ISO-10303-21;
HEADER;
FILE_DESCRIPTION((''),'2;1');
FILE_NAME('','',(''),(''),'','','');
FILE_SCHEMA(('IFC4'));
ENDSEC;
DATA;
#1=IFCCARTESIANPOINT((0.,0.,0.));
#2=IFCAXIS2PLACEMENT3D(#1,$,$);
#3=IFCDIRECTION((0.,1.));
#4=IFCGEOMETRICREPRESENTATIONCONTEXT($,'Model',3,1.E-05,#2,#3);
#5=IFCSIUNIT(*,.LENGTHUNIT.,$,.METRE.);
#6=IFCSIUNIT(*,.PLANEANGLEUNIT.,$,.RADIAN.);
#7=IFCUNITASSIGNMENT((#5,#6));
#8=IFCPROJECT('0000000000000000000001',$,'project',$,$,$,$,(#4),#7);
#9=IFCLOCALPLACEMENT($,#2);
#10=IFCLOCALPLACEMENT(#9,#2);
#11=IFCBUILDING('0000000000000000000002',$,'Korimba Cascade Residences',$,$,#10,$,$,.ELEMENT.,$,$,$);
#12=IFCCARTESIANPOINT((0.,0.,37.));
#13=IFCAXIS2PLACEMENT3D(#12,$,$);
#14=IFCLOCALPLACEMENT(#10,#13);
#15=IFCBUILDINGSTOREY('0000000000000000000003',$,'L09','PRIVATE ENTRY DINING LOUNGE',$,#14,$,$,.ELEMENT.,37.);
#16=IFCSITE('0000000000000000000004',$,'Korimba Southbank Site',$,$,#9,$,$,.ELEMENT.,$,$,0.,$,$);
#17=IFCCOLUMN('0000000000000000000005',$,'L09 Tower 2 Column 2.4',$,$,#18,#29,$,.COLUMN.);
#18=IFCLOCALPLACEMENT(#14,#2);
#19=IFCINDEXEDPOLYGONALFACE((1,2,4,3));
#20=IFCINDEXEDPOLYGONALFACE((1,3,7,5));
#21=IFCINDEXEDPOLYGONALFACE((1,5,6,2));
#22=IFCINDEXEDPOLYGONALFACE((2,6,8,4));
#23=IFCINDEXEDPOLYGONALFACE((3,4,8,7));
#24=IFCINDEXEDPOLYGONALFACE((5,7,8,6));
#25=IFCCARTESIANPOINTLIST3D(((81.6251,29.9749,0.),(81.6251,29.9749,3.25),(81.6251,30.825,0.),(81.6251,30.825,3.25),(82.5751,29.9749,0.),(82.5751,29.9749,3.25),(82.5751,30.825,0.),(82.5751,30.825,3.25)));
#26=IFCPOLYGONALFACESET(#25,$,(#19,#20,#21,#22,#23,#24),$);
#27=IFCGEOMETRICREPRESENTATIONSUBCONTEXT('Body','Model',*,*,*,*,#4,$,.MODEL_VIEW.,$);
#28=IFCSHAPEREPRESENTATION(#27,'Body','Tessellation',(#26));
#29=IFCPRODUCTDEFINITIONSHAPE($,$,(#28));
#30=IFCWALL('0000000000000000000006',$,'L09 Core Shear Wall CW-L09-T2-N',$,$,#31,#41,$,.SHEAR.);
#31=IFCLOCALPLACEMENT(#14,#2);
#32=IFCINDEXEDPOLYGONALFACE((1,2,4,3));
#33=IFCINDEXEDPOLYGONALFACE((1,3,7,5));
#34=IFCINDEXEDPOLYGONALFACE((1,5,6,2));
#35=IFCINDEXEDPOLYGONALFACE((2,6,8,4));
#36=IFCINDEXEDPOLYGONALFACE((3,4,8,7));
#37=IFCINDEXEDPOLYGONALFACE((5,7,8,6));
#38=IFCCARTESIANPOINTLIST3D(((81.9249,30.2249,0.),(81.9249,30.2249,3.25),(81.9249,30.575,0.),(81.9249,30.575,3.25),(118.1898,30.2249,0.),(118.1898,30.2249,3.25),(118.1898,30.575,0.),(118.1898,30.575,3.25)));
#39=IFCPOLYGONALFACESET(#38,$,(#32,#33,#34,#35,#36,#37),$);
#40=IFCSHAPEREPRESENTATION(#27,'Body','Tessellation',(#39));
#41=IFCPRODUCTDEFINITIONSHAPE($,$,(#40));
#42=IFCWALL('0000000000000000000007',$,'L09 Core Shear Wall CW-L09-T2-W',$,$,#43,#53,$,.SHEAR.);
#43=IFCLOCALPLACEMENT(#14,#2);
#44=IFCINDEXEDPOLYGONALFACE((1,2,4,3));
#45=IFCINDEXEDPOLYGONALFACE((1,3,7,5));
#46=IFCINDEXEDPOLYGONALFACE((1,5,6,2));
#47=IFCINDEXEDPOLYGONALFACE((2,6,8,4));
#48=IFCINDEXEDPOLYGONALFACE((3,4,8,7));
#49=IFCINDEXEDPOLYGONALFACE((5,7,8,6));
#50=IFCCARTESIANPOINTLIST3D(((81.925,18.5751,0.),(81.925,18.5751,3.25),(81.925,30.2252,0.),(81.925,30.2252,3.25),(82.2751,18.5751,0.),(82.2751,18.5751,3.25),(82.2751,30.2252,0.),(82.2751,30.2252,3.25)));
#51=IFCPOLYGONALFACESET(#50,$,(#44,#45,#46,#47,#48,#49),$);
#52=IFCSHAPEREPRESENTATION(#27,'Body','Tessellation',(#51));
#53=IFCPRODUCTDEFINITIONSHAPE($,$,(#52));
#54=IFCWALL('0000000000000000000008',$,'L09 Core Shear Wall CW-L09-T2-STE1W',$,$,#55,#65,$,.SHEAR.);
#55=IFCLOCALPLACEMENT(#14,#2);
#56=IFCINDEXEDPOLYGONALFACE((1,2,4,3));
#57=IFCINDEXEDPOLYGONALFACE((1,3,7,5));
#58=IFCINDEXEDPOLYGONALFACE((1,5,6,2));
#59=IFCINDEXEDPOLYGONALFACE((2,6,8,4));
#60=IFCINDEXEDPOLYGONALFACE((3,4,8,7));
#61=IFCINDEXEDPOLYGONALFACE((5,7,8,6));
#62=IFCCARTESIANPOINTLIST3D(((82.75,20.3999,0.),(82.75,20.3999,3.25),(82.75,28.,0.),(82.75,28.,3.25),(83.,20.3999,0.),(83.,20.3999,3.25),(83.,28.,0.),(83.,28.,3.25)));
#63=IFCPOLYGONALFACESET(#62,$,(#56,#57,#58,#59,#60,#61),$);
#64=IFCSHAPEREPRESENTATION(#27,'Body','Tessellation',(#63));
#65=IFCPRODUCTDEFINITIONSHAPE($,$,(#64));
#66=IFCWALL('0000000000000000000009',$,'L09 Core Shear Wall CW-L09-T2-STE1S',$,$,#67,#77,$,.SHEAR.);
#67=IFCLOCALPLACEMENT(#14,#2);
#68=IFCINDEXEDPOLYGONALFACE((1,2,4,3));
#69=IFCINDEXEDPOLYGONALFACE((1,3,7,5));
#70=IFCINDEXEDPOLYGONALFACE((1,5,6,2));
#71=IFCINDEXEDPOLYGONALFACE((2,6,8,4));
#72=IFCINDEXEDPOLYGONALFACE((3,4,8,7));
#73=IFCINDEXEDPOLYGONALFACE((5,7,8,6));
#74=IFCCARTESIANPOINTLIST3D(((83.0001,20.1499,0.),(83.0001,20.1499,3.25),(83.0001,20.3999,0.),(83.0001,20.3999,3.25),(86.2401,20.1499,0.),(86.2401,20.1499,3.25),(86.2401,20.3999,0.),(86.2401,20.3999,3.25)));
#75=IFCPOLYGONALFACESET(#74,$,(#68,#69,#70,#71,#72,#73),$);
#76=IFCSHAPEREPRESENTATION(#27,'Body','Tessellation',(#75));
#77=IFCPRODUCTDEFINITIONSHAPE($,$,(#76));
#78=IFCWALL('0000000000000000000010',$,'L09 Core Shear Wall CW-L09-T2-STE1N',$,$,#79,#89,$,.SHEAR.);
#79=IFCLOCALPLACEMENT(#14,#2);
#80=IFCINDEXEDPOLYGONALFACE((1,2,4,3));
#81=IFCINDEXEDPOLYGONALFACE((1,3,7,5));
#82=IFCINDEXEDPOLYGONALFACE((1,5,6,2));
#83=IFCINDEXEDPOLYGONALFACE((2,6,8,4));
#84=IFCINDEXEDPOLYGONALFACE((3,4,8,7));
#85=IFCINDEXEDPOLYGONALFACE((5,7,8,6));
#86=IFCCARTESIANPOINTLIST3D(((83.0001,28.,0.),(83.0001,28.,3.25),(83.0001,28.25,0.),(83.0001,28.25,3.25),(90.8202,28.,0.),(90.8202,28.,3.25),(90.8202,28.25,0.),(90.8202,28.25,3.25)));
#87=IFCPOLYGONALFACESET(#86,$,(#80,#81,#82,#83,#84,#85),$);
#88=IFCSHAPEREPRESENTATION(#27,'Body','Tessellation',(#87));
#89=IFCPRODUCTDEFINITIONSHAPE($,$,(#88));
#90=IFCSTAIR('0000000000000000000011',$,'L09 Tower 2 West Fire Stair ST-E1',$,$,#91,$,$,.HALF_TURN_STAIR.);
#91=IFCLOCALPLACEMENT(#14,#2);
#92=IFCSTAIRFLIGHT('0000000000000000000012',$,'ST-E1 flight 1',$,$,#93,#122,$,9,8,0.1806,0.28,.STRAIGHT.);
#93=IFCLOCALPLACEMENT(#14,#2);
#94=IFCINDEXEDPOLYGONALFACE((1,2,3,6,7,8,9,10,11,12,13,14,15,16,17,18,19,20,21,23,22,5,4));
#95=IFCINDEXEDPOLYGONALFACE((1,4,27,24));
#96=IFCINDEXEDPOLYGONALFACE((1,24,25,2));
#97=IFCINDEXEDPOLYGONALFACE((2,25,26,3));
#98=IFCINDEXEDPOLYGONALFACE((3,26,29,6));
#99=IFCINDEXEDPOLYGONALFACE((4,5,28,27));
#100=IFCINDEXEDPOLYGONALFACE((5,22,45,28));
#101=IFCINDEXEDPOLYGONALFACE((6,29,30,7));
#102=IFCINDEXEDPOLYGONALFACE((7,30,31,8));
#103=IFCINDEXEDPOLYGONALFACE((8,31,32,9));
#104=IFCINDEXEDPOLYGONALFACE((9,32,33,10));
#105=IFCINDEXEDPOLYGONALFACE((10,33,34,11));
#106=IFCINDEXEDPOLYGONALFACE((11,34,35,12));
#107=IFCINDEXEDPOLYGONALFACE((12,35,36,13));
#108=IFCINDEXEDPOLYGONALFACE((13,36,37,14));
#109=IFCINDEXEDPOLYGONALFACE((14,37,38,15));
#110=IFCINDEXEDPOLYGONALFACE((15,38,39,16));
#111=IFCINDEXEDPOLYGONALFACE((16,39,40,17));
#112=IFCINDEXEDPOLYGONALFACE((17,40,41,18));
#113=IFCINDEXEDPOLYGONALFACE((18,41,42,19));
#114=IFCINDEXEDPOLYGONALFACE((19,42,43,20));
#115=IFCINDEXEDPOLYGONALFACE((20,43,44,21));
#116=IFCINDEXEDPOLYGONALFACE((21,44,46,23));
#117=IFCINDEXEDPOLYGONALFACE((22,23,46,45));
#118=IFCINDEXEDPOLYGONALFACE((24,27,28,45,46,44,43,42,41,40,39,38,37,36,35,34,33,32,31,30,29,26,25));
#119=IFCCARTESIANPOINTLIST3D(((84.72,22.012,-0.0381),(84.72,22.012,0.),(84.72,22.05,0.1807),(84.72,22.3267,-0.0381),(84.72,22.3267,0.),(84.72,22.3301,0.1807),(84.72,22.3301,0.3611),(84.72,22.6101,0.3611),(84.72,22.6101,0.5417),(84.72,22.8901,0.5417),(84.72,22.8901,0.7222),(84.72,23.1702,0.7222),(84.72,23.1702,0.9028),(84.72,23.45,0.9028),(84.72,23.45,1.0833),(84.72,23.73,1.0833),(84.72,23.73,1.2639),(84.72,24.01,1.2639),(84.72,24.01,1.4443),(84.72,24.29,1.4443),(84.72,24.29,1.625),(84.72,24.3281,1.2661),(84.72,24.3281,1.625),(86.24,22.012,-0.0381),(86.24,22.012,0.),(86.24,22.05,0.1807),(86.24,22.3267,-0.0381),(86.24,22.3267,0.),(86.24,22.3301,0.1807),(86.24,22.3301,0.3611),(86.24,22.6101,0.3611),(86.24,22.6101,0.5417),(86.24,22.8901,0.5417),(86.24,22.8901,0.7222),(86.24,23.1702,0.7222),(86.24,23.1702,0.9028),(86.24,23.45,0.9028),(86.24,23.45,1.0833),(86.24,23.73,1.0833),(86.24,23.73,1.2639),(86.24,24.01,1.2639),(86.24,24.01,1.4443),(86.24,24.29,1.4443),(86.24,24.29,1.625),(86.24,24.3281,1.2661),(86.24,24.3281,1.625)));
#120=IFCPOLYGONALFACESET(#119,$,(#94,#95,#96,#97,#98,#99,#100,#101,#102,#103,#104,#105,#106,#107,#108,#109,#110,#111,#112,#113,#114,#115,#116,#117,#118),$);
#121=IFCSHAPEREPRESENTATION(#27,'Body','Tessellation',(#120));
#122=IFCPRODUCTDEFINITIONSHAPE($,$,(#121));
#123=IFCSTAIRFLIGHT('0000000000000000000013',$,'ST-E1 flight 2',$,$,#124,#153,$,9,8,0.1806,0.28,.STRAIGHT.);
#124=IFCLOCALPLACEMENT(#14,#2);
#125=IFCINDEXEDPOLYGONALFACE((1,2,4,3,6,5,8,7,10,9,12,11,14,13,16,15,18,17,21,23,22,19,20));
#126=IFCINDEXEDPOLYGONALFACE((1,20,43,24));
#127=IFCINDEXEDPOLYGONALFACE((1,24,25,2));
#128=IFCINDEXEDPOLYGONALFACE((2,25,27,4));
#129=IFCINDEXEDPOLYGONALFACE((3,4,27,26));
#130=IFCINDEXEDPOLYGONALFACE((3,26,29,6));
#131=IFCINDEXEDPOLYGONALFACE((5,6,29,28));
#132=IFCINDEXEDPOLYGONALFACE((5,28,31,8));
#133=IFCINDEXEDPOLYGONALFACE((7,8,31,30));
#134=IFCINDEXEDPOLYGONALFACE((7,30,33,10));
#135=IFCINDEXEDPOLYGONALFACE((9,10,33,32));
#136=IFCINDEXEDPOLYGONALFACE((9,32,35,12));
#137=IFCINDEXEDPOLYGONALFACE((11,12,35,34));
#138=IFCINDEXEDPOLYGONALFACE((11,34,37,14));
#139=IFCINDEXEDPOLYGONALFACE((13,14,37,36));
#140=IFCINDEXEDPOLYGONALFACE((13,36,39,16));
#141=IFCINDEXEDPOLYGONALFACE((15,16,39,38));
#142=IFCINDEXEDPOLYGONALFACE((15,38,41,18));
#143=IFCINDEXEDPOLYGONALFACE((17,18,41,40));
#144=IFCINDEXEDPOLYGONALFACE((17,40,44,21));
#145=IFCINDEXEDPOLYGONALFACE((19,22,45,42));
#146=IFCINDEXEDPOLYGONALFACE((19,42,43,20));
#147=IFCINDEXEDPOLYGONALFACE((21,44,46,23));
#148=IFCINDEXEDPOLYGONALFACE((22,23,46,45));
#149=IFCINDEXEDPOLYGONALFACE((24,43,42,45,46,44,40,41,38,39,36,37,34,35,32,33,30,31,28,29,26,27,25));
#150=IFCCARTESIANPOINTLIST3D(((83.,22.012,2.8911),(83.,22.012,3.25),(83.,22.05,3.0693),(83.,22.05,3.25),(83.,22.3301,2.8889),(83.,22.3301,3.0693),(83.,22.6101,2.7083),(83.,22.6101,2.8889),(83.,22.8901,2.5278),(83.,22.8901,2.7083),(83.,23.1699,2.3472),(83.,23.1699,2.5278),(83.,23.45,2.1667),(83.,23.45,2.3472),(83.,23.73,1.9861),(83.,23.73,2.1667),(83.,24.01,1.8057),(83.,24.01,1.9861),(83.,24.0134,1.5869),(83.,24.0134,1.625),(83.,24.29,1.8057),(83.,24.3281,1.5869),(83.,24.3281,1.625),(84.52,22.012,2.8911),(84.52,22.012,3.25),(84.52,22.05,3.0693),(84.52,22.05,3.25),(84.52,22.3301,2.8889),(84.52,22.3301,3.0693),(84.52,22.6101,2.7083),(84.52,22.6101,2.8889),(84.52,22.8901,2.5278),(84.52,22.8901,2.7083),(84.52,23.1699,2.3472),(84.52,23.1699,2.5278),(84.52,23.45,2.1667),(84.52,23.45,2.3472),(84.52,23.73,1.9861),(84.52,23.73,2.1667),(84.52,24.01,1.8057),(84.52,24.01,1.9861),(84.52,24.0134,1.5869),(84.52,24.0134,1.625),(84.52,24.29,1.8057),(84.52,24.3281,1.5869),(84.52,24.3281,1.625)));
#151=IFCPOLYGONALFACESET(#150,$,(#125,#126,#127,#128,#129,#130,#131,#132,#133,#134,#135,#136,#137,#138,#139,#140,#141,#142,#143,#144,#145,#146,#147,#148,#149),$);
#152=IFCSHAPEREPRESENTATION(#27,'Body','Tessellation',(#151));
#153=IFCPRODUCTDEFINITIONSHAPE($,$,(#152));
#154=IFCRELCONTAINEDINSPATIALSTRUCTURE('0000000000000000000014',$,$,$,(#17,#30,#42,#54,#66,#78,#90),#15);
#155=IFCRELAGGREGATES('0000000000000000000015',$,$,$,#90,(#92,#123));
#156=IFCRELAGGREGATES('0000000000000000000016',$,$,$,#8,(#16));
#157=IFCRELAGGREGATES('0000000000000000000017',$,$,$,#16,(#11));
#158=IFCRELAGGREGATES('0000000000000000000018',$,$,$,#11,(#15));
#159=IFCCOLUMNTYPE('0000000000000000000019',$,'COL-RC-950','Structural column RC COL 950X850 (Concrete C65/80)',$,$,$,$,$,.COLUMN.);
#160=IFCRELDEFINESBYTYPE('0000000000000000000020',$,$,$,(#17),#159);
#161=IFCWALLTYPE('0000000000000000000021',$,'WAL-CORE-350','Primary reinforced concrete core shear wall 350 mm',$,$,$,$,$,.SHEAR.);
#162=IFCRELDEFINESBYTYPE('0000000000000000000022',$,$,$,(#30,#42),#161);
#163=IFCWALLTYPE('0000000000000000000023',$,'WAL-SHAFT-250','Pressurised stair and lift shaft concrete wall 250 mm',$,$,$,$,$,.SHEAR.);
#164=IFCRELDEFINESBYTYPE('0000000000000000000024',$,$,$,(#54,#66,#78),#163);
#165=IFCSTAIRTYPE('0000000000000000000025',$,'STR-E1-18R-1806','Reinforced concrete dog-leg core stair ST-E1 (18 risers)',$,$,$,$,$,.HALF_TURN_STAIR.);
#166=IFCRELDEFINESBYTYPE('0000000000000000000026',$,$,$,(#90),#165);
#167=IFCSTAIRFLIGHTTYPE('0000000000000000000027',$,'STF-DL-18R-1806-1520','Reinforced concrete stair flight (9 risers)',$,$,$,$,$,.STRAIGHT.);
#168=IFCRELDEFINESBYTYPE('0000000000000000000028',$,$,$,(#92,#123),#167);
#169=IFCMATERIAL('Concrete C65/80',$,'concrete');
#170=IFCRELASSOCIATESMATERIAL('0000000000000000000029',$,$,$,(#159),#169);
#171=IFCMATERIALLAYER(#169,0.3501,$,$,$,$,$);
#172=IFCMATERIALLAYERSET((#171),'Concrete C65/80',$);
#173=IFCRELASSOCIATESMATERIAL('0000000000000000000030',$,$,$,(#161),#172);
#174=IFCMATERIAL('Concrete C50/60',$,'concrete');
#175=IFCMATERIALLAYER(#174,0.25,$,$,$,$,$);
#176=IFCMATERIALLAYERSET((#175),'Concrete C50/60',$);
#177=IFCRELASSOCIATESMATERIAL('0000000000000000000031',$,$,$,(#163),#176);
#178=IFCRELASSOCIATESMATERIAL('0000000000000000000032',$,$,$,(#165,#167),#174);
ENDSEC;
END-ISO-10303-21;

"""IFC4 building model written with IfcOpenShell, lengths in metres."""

from ifc_helpers import new_model, si_unit, direction, frame, frame_2d, origin, origin_2d, place, context, subcontext, project, spatial, polyline, rectangle, outline, extrude, material, layer, layer_set, material_profile, profile_set, type_object, element, aggregate, save


model = new_model("IFC4")

# Units and contexts
model_context = context("Model", 3, precision=1e-05, world=origin(), true_north=direction((0.0, 1.0)))
body_context = subcontext(model_context, "Body", "Model", "MODEL_VIEW")
ifc_project = project(units=[si_unit("LENGTHUNIT", "METRE"), si_unit("PLANEANGLEUNIT", "RADIAN")], contexts=[model_context])

# Site, building, storey
site_placement = place(None, origin())
site = spatial("IfcSite", under=ifc_project, at=site_placement, Name="Korimba Southbank Site", CompositionType="ELEMENT", RefElevation=0.0)
building_placement = place(site_placement, origin())
building = spatial("IfcBuilding", under=site, at=building_placement, Name="Korimba Cascade Residences", CompositionType="ELEMENT")
storey_placement = place(building_placement, frame((0.0, 0.0, 37.0)))
storey = spatial("IfcBuildingStorey", under=building, at=storey_placement, Name="L09", Description="PRIVATE ENTRY DINING LOUNGE", CompositionType="ELEMENT", Elevation=37.0)

# Column
ifc_material_1 = material(Name="Concrete C65/80", Category="concrete")
ifc_material_profile = material_profile(ifc_material_1, rectangle(XDim=0.95, YDim=0.8501, at=origin_2d()), Name="Concrete C65/80")
ifc_profile_set = profile_set([ifc_material_profile], Name="Concrete C65/80")
column_type = type_object("IfcColumnType", Name="COL-RC-950", Description="Structural column RC COL 950X850 (Concrete C65/80)", PredefinedType="COLUMN", material=ifc_profile_set)
column_placement = place(storey_placement, frame((82.1001, 30.3999, 0.0), z_axis=(0.0, 0.0, 1.0), x_axis=(1.0, 0.0, 0.0)))
element("IfcColumn", 1, at=column_placement, inside=storey, type_object=column_type, Name="L09 Tower 2 Column 2.4", PredefinedType="COLUMN", context=body_context, shape_type="SweptSolid", body=[
    extrude(rectangle(XDim=0.95, YDim=0.8501, at=origin_2d()), origin(), (0.0, 0.0, 1.0), 3.25),
])

# Walls
ifc_layer_1 = layer(ifc_material_1, 0.3501)
ifc_layer_set_1 = layer_set([ifc_layer_1], Name="Concrete C65/80")
wall_type_1 = type_object("IfcWallType", Name="WAL-CORE-350", Description="Primary reinforced concrete core shear wall 350 mm", PredefinedType="SHEAR", material=ifc_layer_set_1)
wall_1_placement = place(storey_placement, frame((81.925, 30.3999, 0.0), z_axis=(0.0, 0.0, 1.0), x_axis=(1.0, 0.0, 0.0)))
element("IfcWall", 2, at=wall_1_placement, inside=storey, type_object=wall_type_1, Name="L09 Core Shear Wall CW-L09-T2-N", PredefinedType="SHEAR", context=body_context, shape_type="SweptSolid", body=[
    extrude(rectangle(XDim=36.2649, YDim=0.3501, at=frame_2d((18.1323, 0.0))), origin(), (0.0, 0.0, 1.0), 3.25),
])
wall_2_placement = place(storey_placement, frame((82.1001, 18.575, 0.0), z_axis=(0.0, 0.0, 1.0), x_axis=(0.0, 1.0, 0.0)))
element("IfcWall", 3, at=wall_2_placement, inside=storey, type_object=wall_type_1, Name="L09 Core Shear Wall CW-L09-T2-W", PredefinedType="SHEAR", context=body_context, shape_type="SweptSolid", body=[
    extrude(rectangle(XDim=11.6501, YDim=0.3501, at=frame_2d((5.8252, 0.0))), origin(), (0.0, 0.0, 1.0), 3.25),
])
ifc_material_2 = material(Name="Concrete C50/60", Category="concrete")
ifc_layer_2 = layer(ifc_material_2, 0.25)
ifc_layer_set_2 = layer_set([ifc_layer_2], Name="Concrete C50/60")
wall_type_2 = type_object("IfcWallType", Name="WAL-SHAFT-250", Description="Pressurised stair and lift shaft concrete wall 250 mm", PredefinedType="SHEAR", material=ifc_layer_set_2)
wall_3_placement = place(storey_placement, frame((82.875, 20.3999, 0.0), z_axis=(0.0, 0.0, 1.0), x_axis=(0.0, 1.0, 0.0)))
element("IfcWall", 4, at=wall_3_placement, inside=storey, type_object=wall_type_2, Name="L09 Core Shear Wall CW-L09-T2-STE1W", PredefinedType="SHEAR", context=body_context, shape_type="SweptSolid", body=[
    extrude(rectangle(XDim=7.6001, YDim=0.25, at=frame_2d((3.8, 0.0))), origin(), (0.0, 0.0, 1.0), 3.25),
])
wall_4_placement = place(storey_placement, frame((83.0, 20.2749, 0.0), z_axis=(0.0, 0.0, 1.0), x_axis=(1.0, 0.0, 0.0)))
element("IfcWall", 5, at=wall_4_placement, inside=storey, type_object=wall_type_2, Name="L09 Core Shear Wall CW-L09-T2-STE1S", PredefinedType="SHEAR", context=body_context, shape_type="SweptSolid", body=[
    extrude(rectangle(XDim=3.24, YDim=0.25, at=frame_2d((1.6201, 0.0))), origin(), (0.0, 0.0, 1.0), 3.25),
])
wall_5_placement = place(storey_placement, frame((83.0, 28.125, 0.0), z_axis=(0.0, 0.0, 1.0), x_axis=(1.0, 0.0, 0.0)))
element("IfcWall", 6, at=wall_5_placement, inside=storey, type_object=wall_type_2, Name="L09 Core Shear Wall CW-L09-T2-STE1N", PredefinedType="SHEAR", context=body_context, shape_type="SweptSolid", body=[
    extrude(rectangle(XDim=7.8201, YDim=0.25, at=frame_2d((3.9102, 0.0))), origin(), (0.0, 0.0, 1.0), 3.25),
])

# Stair, stair flights
stair_type = type_object("IfcStairType", Name="STR-E1-18R-1806", Description="Reinforced concrete dog-leg core stair ST-E1 (18 risers)", PredefinedType="HALF_TURN_STAIR", material=ifc_material_2)
stair_placement = place(storey_placement, origin())
stair = element("IfcStair", 7, at=stair_placement, inside=storey, type_object=stair_type, Name="L09 Tower 2 West Fire Stair ST-E1", PredefinedType="HALF_TURN_STAIR")
stair_flight_type = type_object("IfcStairFlightType", Name="STF-DL-18R-1806-1520", Description="Reinforced concrete stair flight (9 risers)", PredefinedType="STRAIGHT", material=ifc_material_2)
stair_flight_1_placement = place(storey_placement, frame((85.48, 22.05, 0.0), z_axis=(0.0, 0.0, 1.0), x_axis=(0.0, 1.0, 0.0)))
stair_flight_1 = element("IfcStairFlight", 8, at=stair_flight_1_placement, type_object=stair_flight_type, Name="ST-E1 flight 1", NumberOfRisers=9, NumberOfTreads=8, PredefinedType="STRAIGHT", RiserHeight=0.1806, TreadLength=0.28, context=body_context, shape_type="SweptSolid", body=[
    extrude(outline(polyline([(-0.0381, 0.0), (0.0, 0.1807), (0.28, 0.1807), (0.28, 0.3611), (0.5601, 0.3611), (0.5601, 0.5417), (0.8401, 0.5417), (0.8401, 0.7222), (1.1201, 0.7222), (1.1201, 0.9028), (1.3999, 0.9028), (1.3999, 1.0833), (1.6799, 1.0833), (1.6799, 1.2639), (1.96, 1.2639), (1.96, 1.4443), (2.24, 1.4443), (2.24, 1.625), (2.2781, 1.625), (2.2781, 1.2661), (0.2766, 0.0), (0.2766, -0.0381), (-0.0381, -0.0381), (-0.0381, 0.0)])), frame((0.0, 0.76, 0.0), z_axis=(0.0, -1.0, 0.0), x_axis=(1.0, 0.0, 0.0)), (0.0, 0.0, 1.0), 1.52),
])
stair_flight_2_placement = place(storey_placement, frame((83.76, 24.29, 1.625), z_axis=(0.0, 0.0, 1.0), x_axis=(0.0, -1.0, 0.0)))
stair_flight_2 = element("IfcStairFlight", 9, at=stair_flight_2_placement, type_object=stair_flight_type, Name="ST-E1 flight 2", NumberOfRisers=9, NumberOfTreads=8, PredefinedType="STRAIGHT", RiserHeight=0.1806, TreadLength=0.28, context=body_context, shape_type="SweptSolid", body=[
    extrude(outline(polyline([(-0.0381, 0.0), (0.0, 0.1807), (0.28, 0.1807), (0.28, 0.3611), (0.5601, 0.3611), (0.5601, 0.5417), (0.8401, 0.5417), (0.8401, 0.7222), (1.1201, 0.7222), (1.1201, 0.9028), (1.3999, 0.9028), (1.3999, 1.0833), (1.6799, 1.0833), (1.6799, 1.2639), (1.96, 1.2639), (1.96, 1.4443), (2.24, 1.4443), (2.24, 1.625), (2.2781, 1.625), (2.2781, 1.2661), (0.2766, 0.0), (0.2766, -0.0381), (-0.0381, -0.0381), (-0.0381, 0.0)])), frame((0.0, 0.76, 0.0), z_axis=(0.0, -1.0, 0.0), x_axis=(1.0, 0.0, 0.0)), (0.0, 0.0, 1.0), 1.52),
])
aggregate(stair, [stair_flight_1, stair_flight_2])

save(model, "model.ifc")
